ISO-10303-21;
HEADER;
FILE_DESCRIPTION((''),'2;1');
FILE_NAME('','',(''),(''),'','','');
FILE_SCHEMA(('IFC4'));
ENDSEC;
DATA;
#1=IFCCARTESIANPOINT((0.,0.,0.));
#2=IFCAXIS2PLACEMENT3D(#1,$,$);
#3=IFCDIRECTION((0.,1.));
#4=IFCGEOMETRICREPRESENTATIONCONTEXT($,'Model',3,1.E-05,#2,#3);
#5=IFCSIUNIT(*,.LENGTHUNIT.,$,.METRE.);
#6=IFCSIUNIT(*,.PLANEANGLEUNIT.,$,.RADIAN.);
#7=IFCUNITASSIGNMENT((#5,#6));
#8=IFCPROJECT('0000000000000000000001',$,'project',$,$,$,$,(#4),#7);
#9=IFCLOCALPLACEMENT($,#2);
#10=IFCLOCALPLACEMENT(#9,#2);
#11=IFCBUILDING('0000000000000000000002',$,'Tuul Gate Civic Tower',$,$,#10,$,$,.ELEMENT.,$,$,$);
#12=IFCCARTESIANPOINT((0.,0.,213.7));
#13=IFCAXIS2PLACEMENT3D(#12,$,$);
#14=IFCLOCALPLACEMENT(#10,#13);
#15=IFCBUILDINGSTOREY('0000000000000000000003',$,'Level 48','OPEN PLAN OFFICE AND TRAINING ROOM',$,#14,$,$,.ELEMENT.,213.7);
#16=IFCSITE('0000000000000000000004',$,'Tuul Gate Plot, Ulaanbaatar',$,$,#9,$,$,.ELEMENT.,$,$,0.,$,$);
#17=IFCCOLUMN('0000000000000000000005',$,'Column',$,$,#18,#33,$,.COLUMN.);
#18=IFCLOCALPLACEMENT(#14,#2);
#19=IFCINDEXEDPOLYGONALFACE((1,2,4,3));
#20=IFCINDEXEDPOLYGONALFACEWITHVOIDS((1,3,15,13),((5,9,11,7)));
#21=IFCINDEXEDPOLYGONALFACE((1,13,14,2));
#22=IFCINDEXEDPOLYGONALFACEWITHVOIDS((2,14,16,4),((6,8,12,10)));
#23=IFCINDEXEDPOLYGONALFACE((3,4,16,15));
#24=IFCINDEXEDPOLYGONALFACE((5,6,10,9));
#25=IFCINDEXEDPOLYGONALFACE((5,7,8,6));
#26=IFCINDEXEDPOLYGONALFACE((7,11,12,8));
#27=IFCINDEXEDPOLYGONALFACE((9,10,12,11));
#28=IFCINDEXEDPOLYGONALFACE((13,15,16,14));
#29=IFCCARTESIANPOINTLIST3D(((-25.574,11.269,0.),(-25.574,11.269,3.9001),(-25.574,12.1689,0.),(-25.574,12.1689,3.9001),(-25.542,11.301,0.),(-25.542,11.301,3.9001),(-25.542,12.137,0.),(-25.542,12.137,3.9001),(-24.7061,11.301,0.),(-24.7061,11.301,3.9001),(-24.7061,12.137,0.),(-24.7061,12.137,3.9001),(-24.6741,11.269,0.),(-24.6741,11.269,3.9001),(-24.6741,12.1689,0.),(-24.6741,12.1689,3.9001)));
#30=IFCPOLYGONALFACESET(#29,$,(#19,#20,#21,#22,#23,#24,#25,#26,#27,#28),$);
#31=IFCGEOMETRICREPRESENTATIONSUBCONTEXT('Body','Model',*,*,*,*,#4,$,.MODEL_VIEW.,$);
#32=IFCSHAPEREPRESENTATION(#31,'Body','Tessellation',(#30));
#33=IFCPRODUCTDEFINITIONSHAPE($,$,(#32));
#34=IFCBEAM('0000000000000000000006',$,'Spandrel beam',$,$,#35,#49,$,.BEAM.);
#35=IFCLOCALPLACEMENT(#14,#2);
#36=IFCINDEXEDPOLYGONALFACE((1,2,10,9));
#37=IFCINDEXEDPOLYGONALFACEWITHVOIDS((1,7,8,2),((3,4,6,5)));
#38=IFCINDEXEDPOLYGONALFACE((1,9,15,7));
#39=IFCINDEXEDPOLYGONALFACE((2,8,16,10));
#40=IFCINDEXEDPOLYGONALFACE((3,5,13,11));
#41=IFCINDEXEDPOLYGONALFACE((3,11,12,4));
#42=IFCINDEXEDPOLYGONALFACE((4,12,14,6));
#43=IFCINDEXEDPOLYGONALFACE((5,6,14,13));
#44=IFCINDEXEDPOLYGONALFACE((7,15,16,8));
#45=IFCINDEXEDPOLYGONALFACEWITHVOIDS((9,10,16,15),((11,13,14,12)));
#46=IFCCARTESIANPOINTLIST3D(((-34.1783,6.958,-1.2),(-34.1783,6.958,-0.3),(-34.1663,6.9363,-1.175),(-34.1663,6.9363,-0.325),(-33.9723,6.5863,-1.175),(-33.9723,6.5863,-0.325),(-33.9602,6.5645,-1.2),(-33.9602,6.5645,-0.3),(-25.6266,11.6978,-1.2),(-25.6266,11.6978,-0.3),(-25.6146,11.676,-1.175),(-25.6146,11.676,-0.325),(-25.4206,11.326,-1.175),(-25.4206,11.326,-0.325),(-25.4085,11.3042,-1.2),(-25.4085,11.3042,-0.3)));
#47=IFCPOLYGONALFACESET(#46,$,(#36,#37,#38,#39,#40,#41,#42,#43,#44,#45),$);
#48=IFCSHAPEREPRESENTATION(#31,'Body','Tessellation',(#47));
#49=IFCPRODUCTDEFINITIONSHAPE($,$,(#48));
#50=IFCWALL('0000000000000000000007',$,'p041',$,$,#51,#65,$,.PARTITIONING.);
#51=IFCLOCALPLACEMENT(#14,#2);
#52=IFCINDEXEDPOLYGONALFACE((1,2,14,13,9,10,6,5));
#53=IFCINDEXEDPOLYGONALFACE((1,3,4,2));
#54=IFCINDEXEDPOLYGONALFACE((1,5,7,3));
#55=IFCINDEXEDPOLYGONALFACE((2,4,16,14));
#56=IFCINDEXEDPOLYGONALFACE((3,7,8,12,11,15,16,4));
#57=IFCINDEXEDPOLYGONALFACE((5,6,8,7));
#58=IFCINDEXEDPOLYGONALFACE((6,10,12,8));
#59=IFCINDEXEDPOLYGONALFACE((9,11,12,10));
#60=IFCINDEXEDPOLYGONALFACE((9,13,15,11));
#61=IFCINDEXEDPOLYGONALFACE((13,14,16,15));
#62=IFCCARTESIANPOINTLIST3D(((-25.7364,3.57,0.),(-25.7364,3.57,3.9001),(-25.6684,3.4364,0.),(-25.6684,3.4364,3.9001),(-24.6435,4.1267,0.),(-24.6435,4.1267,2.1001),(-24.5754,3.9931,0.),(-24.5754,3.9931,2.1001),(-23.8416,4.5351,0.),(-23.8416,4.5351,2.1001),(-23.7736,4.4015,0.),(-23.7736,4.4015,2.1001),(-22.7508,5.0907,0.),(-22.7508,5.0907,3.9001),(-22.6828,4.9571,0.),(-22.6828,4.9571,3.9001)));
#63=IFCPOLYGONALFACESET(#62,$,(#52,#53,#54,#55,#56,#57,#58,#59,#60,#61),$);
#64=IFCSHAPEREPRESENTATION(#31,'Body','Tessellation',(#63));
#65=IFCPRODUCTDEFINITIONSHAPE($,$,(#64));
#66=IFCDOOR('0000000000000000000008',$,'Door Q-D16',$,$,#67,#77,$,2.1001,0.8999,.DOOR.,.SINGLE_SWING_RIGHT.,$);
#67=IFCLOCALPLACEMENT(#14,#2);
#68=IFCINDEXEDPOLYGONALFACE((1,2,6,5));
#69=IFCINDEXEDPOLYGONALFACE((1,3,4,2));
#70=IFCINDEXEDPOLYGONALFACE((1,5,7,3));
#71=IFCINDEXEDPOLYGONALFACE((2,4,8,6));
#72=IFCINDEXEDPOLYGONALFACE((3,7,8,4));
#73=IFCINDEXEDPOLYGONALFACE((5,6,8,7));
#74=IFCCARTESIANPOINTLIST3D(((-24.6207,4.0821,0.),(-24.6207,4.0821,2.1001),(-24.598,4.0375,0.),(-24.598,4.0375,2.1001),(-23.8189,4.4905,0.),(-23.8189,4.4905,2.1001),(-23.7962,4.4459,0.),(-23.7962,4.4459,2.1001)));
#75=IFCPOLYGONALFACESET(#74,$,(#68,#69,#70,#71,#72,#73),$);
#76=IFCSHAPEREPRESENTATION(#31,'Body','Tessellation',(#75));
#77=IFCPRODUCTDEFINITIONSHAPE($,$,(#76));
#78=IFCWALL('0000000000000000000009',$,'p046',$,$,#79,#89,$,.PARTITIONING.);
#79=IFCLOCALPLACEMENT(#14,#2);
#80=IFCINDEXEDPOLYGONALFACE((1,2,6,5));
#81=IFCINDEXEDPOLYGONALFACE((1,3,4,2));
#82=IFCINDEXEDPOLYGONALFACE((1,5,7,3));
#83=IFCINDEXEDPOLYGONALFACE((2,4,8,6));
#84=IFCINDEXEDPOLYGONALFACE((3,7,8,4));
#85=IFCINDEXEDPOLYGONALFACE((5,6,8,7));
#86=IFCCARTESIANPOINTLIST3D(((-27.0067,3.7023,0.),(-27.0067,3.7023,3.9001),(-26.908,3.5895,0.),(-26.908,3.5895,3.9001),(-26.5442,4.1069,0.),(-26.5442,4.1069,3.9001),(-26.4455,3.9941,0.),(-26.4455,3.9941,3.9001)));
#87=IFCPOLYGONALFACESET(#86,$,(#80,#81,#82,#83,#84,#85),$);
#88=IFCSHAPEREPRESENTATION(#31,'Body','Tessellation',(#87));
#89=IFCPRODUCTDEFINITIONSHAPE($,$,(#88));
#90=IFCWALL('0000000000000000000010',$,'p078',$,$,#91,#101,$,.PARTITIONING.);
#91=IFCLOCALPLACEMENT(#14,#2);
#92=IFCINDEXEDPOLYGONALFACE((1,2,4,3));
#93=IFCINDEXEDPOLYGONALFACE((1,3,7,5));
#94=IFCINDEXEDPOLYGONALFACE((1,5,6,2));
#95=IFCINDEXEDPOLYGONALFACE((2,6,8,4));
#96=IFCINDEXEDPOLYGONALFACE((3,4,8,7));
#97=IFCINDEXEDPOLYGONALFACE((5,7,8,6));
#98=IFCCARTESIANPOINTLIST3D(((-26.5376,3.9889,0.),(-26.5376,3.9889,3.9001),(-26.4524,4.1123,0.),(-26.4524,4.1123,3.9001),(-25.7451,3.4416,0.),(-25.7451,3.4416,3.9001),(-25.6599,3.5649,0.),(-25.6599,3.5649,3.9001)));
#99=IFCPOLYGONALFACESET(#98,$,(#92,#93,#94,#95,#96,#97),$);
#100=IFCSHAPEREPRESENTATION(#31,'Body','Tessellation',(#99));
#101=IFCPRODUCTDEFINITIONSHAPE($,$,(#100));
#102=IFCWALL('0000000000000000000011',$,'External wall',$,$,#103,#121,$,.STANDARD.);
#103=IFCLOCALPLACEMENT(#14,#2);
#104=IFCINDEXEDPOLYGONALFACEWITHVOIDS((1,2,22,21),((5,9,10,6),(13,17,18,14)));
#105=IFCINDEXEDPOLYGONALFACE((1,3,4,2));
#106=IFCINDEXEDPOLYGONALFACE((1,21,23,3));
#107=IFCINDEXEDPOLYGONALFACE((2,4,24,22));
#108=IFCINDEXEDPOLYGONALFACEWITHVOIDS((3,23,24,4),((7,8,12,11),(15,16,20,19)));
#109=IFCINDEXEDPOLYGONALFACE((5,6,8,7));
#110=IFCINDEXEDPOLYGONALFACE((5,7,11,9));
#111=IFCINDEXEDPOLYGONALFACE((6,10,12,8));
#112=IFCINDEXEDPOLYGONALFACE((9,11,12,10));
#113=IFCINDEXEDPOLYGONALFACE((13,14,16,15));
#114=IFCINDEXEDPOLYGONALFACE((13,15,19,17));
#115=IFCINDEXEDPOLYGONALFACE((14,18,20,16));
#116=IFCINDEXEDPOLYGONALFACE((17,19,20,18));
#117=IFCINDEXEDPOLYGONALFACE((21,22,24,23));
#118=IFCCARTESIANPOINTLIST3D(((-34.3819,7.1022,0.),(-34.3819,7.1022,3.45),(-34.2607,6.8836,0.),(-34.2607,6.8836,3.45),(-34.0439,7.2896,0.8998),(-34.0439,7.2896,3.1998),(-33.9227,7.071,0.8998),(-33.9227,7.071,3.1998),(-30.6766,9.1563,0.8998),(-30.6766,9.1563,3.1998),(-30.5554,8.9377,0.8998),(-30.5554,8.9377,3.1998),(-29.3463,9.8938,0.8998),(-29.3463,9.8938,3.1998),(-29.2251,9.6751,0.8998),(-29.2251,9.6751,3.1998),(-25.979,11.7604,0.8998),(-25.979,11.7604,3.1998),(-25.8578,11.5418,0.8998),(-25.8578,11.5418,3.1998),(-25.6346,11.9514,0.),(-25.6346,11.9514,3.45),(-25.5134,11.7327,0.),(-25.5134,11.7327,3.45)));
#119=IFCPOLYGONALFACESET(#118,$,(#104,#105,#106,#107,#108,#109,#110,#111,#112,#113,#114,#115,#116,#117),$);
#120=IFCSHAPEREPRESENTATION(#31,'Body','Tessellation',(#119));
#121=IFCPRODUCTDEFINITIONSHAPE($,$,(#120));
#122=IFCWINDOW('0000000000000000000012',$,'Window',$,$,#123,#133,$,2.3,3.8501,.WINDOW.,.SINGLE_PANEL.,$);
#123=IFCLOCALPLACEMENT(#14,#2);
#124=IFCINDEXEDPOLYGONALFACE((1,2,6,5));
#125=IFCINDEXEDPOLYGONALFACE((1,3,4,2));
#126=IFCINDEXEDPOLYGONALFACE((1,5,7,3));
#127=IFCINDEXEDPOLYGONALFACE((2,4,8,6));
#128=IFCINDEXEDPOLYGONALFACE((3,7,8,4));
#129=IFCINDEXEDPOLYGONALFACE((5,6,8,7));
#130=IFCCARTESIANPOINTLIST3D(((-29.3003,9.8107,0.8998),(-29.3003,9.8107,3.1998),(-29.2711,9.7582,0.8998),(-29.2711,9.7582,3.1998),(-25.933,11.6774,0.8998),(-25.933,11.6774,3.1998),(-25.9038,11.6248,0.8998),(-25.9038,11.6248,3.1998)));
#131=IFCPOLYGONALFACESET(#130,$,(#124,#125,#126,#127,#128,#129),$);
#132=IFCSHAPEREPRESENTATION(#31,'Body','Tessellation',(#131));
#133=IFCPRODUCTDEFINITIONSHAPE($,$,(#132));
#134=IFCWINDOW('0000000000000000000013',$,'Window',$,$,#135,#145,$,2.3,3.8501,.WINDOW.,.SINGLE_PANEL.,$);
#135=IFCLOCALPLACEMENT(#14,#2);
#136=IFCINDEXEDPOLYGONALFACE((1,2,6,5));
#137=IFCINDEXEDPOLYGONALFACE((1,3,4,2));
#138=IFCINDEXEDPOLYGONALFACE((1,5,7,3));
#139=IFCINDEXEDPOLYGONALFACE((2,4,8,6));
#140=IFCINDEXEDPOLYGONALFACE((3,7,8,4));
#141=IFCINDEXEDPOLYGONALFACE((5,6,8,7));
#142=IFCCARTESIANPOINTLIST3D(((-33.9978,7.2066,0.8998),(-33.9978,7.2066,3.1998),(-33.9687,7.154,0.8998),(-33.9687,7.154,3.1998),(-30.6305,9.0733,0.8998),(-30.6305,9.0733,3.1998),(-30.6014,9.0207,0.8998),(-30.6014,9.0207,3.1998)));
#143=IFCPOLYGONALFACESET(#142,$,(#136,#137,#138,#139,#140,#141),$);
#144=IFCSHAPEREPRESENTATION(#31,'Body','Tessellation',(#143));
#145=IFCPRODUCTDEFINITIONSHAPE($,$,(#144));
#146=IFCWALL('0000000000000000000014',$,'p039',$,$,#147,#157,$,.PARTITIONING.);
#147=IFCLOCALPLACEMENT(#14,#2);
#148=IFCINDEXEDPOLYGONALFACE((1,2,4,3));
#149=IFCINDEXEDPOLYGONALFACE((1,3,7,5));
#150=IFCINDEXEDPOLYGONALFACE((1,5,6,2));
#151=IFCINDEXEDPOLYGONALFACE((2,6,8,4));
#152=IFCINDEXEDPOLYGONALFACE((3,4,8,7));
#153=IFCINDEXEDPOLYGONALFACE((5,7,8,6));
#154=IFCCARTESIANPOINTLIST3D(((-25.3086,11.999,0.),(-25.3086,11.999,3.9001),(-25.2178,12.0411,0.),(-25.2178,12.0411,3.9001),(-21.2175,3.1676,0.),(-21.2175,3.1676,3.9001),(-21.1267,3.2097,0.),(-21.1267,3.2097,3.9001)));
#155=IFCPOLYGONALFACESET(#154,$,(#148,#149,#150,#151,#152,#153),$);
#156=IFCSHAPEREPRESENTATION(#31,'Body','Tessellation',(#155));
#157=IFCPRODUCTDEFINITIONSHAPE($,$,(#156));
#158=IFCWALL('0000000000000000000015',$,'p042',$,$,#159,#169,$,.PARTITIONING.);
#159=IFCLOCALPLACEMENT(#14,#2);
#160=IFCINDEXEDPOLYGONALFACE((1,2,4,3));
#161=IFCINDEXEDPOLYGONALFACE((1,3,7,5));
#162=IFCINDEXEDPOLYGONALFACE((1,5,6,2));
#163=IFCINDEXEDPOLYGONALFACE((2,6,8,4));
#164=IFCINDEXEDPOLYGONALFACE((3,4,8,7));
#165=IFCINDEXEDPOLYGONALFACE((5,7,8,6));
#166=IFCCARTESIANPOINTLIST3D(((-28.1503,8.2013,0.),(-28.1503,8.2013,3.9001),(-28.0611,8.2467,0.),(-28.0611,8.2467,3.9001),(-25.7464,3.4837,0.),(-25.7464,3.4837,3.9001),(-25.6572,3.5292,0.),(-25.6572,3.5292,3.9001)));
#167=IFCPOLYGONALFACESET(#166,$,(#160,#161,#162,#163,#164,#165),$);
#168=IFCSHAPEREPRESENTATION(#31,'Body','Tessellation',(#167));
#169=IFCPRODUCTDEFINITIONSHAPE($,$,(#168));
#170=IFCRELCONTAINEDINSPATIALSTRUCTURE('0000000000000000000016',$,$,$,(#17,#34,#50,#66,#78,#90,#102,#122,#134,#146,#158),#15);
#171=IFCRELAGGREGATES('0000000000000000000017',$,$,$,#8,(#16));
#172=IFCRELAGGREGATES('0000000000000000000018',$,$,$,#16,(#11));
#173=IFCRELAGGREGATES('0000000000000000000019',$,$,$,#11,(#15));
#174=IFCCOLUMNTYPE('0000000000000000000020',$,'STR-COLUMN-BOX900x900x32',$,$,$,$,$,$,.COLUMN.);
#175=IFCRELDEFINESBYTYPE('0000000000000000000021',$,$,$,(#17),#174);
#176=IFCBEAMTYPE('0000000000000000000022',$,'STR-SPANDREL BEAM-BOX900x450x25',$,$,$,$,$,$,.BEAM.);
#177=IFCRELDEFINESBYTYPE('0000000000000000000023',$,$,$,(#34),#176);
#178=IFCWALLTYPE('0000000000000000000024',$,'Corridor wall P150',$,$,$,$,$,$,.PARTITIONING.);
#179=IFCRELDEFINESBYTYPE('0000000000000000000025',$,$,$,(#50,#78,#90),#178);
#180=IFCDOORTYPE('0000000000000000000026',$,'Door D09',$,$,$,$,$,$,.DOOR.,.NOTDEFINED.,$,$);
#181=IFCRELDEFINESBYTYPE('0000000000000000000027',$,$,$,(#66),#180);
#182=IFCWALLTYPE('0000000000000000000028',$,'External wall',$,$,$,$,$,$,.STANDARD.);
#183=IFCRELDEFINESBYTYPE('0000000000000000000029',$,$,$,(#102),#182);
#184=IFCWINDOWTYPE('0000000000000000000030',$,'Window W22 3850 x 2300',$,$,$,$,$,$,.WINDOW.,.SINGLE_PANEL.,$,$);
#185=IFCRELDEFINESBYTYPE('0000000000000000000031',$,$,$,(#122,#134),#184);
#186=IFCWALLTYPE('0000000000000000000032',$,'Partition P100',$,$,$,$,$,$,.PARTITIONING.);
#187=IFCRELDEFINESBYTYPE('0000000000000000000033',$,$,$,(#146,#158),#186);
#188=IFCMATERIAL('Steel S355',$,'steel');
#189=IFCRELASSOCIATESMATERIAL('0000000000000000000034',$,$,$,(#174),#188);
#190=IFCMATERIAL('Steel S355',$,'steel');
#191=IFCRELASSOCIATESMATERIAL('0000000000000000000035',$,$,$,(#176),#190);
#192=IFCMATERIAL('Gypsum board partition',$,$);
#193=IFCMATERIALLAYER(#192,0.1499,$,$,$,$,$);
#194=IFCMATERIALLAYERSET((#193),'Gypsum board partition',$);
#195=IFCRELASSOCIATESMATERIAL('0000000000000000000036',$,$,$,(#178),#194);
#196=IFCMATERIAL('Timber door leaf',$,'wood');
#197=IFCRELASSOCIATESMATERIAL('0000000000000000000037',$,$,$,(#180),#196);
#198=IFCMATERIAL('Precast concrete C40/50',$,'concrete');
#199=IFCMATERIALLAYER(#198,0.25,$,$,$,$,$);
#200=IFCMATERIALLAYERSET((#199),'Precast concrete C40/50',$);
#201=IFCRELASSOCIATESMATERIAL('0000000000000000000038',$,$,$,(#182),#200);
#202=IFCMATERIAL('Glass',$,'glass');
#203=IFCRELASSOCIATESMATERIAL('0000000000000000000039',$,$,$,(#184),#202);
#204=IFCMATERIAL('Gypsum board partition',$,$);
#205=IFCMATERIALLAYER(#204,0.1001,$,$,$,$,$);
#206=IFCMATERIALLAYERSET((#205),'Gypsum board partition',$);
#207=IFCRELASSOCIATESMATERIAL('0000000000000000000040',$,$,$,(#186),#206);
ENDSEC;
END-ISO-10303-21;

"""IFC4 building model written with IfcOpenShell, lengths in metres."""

from ifc_helpers import new_model, si_unit, direction, frame, frame_2d, origin, origin_2d, place, context, subcontext, project, spatial, rectangle, hollow_rectangle, extrude, material, layer, layer_set, material_profile, profile_set, type_object, element, fill, save


model = new_model("IFC4")

# Units and contexts
model_context = context("Model", 3, precision=1e-05, world=origin(), true_north=direction((0.0, 1.0)))
body_context = subcontext(model_context, "Body", "Model", "MODEL_VIEW")
ifc_project = project(units=[si_unit("LENGTHUNIT", "METRE"), si_unit("PLANEANGLEUNIT", "RADIAN")], contexts=[model_context])

# Site, building, storey
site_placement = place(None, origin())
site = spatial("IfcSite", under=ifc_project, at=site_placement, Name="Tuul Gate Plot, Ulaanbaatar", CompositionType="ELEMENT", RefElevation=0.0)
building_placement = place(site_placement, origin())
building = spatial("IfcBuilding", under=site, at=building_placement, Name="Tuul Gate Civic Tower", CompositionType="ELEMENT")
storey_placement = place(building_placement, frame((0.0, 0.0, 213.7)))
storey = spatial("IfcBuildingStorey", under=building, at=storey_placement, Name="Level 48", Description="OPEN PLAN OFFICE AND TRAINING ROOM", CompositionType="ELEMENT", Elevation=213.7)

# Column
ifc_material_1 = material(Name="Steel S355", Category="steel")
ifc_material_profile_1 = material_profile(ifc_material_1, hollow_rectangle(XDim=0.8999, YDim=0.8999, WallThickness=0.032, at=origin_2d()), Name="BOX900x900x32")
ifc_profile_set_1 = profile_set([ifc_material_profile_1], Name="Steel S355")
column_type = type_object("IfcColumnType", Name="STR-COLUMN-BOX900x900x32", PredefinedType="COLUMN", material=ifc_profile_set_1)
column_placement = place(storey_placement, frame((-25.124, 11.719, 0.0), z_axis=(0.0, 0.0, 1.0), x_axis=(1.0, 0.0, 0.0)))
element("IfcColumn", 1, at=column_placement, inside=storey, type_object=column_type, Name="Column", PredefinedType="COLUMN", context=body_context, shape_type="SweptSolid", body=[
    extrude(hollow_rectangle(XDim=0.8999, YDim=0.8999, WallThickness=0.032, at=origin_2d()), origin(), (0.0, 0.0, 1.0), 3.9001),
])

# Beam
ifc_material_2 = material(Name="Steel S355", Category="steel")
ifc_material_profile_2 = material_profile(ifc_material_2, hollow_rectangle(XDim=0.45, YDim=0.8999, WallThickness=0.0249, at=origin_2d()), Name="BOX900x450x25")
ifc_profile_set_2 = profile_set([ifc_material_profile_2], Name="Steel S355")
beam_type = type_object("IfcBeamType", Name="STR-SPANDREL BEAM-BOX900x450x25", PredefinedType="BEAM", material=ifc_profile_set_2)
beam_placement = place(storey_placement, frame((-25.5176, 11.501, -0.75), z_axis=(-0.874644, -0.484765, 0.0), x_axis=(0.484765, -0.874644, 0.0)))
element("IfcBeam", 2, at=beam_placement, inside=storey, type_object=beam_type, Name="Spandrel beam", PredefinedType="BEAM", context=body_context, shape_type="SweptSolid", body=[
    extrude(hollow_rectangle(XDim=0.45, YDim=0.8999, WallThickness=0.0249, at=origin_2d()), origin(), (0.0, 0.0, 1.0), 9.7773),
])

# Wall, opening, door
ifc_material_3 = material(Name="Gypsum board partition")
ifc_layer_1 = layer(ifc_material_3, 0.1499)
ifc_layer_set_1 = layer_set([ifc_layer_1], Name="Gypsum board partition")
wall_type_1 = type_object("IfcWallType", Name="Corridor wall P150", PredefinedType="PARTITIONING", material=ifc_layer_set_1)
wall_1_placement = place(storey_placement, frame((-25.7024, 3.5032, 0.0), z_axis=(0.0, 0.0, 1.0), x_axis=(0.891065, 0.453876, 0.0)))
wall_1 = element("IfcWall", 3, at=wall_1_placement, inside=storey, type_object=wall_type_1, Name="p041", PredefinedType="PARTITIONING", context=body_context, shape_type="SweptSolid", body=[
    extrude(rectangle(XDim=3.3506, YDim=0.1499, at=frame_2d((1.6753, 0.0))), origin(), (0.0, 0.0, 1.0), 3.9001),
])
opening_1_placement = place(wall_1_placement, frame((1.2266, 0.0, 0.0)))
opening_1 = element("IfcOpeningElement", 4, at=opening_1_placement, cuts=wall_1, PredefinedType="OPENING", context=body_context, shape_type="SweptSolid", body=[
    extrude(rectangle(XDim=0.8999, YDim=2.1001, at=frame_2d((0.45, 1.05))), frame((0.0, 0.085, 0.0), z_axis=(0.0, -1.0, 0.0), x_axis=(1.0, 0.0, 0.0)), (0.0, 0.0, 1.0), 0.1699),
])
ifc_material_4 = material(Name="Timber door leaf", Category="wood")
door_type = type_object("IfcDoorType", Name="Door D09", OperationType="NOTDEFINED", PredefinedType="DOOR", material=ifc_material_4)
door_placement = place(opening_1_placement, origin())
door = element("IfcDoor", 5, at=door_placement, inside=storey, type_object=door_type, Name="Door Q-D16", OperationType="SINGLE_SWING_RIGHT", OverallHeight=2.1001, OverallWidth=0.8999, PredefinedType="DOOR", context=body_context, shape_type="SweptSolid", body=[
    extrude(rectangle(XDim=0.8999, YDim=2.1001, at=frame_2d((0.45, 1.05))), frame((0.0, 0.0249, 0.0), z_axis=(0.0, -1.0, 0.0), x_axis=(1.0, 0.0, 0.0)), (0.0, 0.0, 1.0), 0.05),
])
fill(opening_1, door)

# Walls
wall_2_placement = place(storey_placement, frame((-26.9573, 3.646, 0.0), z_axis=(0.0, 0.0, 1.0), x_axis=(0.752626, 0.658448, 0.0)))
element("IfcWall", 6, at=wall_2_placement, inside=storey, type_object=wall_type_1, Name="p046", PredefinedType="PARTITIONING", context=body_context, shape_type="SweptSolid", body=[
    extrude(rectangle(XDim=0.6145, YDim=0.1499, at=frame_2d((0.3071, 0.0))), origin(), (0.0, 0.0, 1.0), 3.9001),
])
wall_3_placement = place(storey_placement, frame((-26.4949, 4.0505, 0.0), z_axis=(0.0, 0.0, 1.0), x_axis=(0.822812, -0.568313, 0.0)))
element("IfcWall", 7, at=wall_3_placement, inside=storey, type_object=wall_type_1, Name="p078", PredefinedType="PARTITIONING", context=body_context, shape_type="SweptSolid", body=[
    extrude(rectangle(XDim=0.9631, YDim=0.1499, at=frame_2d((0.4814, 0.0))), origin(), (0.0, 0.0, 1.0), 3.9001),
])

# Wall, openings, windows
ifc_material_5 = material(Name="Precast concrete C40/50", Category="concrete")
ifc_layer_2 = layer(ifc_material_5, 0.25)
ifc_layer_set_2 = layer_set([ifc_layer_2], Name="Precast concrete C40/50")
wall_type_2 = type_object("IfcWallType", Name="External wall", PredefinedType="STANDARD", material=ifc_layer_set_2)
wall_4_placement = place(storey_placement, frame((-25.574, 11.842, 0.0), z_axis=(0.0, 0.0, 1.0), x_axis=(-0.874603, -0.484841, 0.0)))
wall_4 = element("IfcWall", 8, at=wall_4_placement, inside=storey, type_object=wall_type_2, Name="External wall", PredefinedType="STANDARD", context=body_context, shape_type="SweptSolid", body=[
    extrude(rectangle(XDim=10.0015, YDim=0.25, at=frame_2d((5.0007, 0.0))), origin(), (0.0, 0.0, 1.0), 3.45),
])
opening_2_placement = place(wall_4_placement, frame((0.3938, 0.0, 0.8999)))
opening_2 = element("IfcOpeningElement", 9, at=opening_2_placement, cuts=wall_4, PredefinedType="OPENING", context=body_context, shape_type="SweptSolid", body=[
    extrude(rectangle(XDim=3.8501, YDim=2.3, at=frame_2d((1.925, 1.1499))), frame((0.0, 0.135, 0.0), z_axis=(0.0, -1.0, 0.0), x_axis=(1.0, 0.0, 0.0)), (0.0, 0.0, 1.0), 0.27),
])
opening_3_placement = place(wall_4_placement, frame((5.7649, 0.0, 0.8999)))
opening_3 = element("IfcOpeningElement", 10, at=opening_3_placement, cuts=wall_4, PredefinedType="OPENING", context=body_context, shape_type="SweptSolid", body=[
    extrude(rectangle(XDim=3.8501, YDim=2.3, at=frame_2d((1.925, 1.1499))), frame((0.0, 0.135, 0.0), z_axis=(0.0, -1.0, 0.0), x_axis=(1.0, 0.0, 0.0)), (0.0, 0.0, 1.0), 0.27),
])
ifc_material_6 = material(Name="Glass", Category="glass")
window_type = type_object("IfcWindowType", Name="Window W22 3850 x 2300", PartitioningType="SINGLE_PANEL", PredefinedType="WINDOW", material=ifc_material_6)
window_1_placement = place(opening_2_placement, origin())
window_1 = element("IfcWindow", 11, at=window_1_placement, inside=storey, type_object=window_type, Name="Window", OverallHeight=2.3, OverallWidth=3.8501, PartitioningType="SINGLE_PANEL", PredefinedType="WINDOW", context=body_context, shape_type="SweptSolid", body=[
    extrude(rectangle(XDim=3.8501, YDim=2.3, at=frame_2d((1.925, 1.1499))), frame((0.0, 0.03, 0.0), z_axis=(0.0, -1.0, 0.0), x_axis=(1.0, 0.0, 0.0)), (0.0, 0.0, 1.0), 0.0601),
])
fill(opening_2, window_1)
window_2_placement = place(opening_3_placement, origin())
window_2 = element("IfcWindow", 12, at=window_2_placement, inside=storey, type_object=window_type, Name="Window", OverallHeight=2.3, OverallWidth=3.8501, PartitioningType="SINGLE_PANEL", PredefinedType="WINDOW", context=body_context, shape_type="SweptSolid", body=[
    extrude(rectangle(XDim=3.8501, YDim=2.3, at=frame_2d((1.925, 1.1499))), frame((0.0, 0.03, 0.0), z_axis=(0.0, -1.0, 0.0), x_axis=(1.0, 0.0, 0.0)), (0.0, 0.0, 1.0), 0.0601),
])
fill(opening_3, window_2)

# Walls
ifc_material_7 = material(Name="Gypsum board partition")
ifc_layer_3 = layer(ifc_material_7, 0.1001)
ifc_layer_set_3 = layer_set([ifc_layer_3], Name="Gypsum board partition")
wall_type_3 = type_object("IfcWallType", Name="Partition P100", PredefinedType="PARTITIONING", material=ifc_layer_set_3)
wall_5_placement = place(storey_placement, frame((-25.2632, 12.02, 0.0), z_axis=(0.0, 0.0, 1.0), x_axis=(0.420335, -0.907369, 0.0)))
element("IfcWall", 13, at=wall_5_placement, inside=storey, type_object=wall_type_3, Name="p039", PredefinedType="PARTITIONING", context=body_context, shape_type="SweptSolid", body=[
    extrude(rectangle(XDim=9.7329, YDim=0.1001, at=frame_2d((4.8665, 0.0))), origin(), (0.0, 0.0, 1.0), 3.9001),
])
wall_6_placement = place(storey_placement, frame((-28.1057, 8.2241, 0.0), z_axis=(0.0, 0.0, 1.0), x_axis=(0.454007, -0.890998, 0.0)))
element("IfcWall", 14, at=wall_6_placement, inside=storey, type_object=wall_type_3, Name="p042", PredefinedType="PARTITIONING", context=body_context, shape_type="SweptSolid", body=[
    extrude(rectangle(XDim=5.2947, YDim=0.1001, at=frame_2d((2.6475, 0.0))), origin(), (0.0, 0.0, 1.0), 3.9001),
])

save(model, "model.ifc")
